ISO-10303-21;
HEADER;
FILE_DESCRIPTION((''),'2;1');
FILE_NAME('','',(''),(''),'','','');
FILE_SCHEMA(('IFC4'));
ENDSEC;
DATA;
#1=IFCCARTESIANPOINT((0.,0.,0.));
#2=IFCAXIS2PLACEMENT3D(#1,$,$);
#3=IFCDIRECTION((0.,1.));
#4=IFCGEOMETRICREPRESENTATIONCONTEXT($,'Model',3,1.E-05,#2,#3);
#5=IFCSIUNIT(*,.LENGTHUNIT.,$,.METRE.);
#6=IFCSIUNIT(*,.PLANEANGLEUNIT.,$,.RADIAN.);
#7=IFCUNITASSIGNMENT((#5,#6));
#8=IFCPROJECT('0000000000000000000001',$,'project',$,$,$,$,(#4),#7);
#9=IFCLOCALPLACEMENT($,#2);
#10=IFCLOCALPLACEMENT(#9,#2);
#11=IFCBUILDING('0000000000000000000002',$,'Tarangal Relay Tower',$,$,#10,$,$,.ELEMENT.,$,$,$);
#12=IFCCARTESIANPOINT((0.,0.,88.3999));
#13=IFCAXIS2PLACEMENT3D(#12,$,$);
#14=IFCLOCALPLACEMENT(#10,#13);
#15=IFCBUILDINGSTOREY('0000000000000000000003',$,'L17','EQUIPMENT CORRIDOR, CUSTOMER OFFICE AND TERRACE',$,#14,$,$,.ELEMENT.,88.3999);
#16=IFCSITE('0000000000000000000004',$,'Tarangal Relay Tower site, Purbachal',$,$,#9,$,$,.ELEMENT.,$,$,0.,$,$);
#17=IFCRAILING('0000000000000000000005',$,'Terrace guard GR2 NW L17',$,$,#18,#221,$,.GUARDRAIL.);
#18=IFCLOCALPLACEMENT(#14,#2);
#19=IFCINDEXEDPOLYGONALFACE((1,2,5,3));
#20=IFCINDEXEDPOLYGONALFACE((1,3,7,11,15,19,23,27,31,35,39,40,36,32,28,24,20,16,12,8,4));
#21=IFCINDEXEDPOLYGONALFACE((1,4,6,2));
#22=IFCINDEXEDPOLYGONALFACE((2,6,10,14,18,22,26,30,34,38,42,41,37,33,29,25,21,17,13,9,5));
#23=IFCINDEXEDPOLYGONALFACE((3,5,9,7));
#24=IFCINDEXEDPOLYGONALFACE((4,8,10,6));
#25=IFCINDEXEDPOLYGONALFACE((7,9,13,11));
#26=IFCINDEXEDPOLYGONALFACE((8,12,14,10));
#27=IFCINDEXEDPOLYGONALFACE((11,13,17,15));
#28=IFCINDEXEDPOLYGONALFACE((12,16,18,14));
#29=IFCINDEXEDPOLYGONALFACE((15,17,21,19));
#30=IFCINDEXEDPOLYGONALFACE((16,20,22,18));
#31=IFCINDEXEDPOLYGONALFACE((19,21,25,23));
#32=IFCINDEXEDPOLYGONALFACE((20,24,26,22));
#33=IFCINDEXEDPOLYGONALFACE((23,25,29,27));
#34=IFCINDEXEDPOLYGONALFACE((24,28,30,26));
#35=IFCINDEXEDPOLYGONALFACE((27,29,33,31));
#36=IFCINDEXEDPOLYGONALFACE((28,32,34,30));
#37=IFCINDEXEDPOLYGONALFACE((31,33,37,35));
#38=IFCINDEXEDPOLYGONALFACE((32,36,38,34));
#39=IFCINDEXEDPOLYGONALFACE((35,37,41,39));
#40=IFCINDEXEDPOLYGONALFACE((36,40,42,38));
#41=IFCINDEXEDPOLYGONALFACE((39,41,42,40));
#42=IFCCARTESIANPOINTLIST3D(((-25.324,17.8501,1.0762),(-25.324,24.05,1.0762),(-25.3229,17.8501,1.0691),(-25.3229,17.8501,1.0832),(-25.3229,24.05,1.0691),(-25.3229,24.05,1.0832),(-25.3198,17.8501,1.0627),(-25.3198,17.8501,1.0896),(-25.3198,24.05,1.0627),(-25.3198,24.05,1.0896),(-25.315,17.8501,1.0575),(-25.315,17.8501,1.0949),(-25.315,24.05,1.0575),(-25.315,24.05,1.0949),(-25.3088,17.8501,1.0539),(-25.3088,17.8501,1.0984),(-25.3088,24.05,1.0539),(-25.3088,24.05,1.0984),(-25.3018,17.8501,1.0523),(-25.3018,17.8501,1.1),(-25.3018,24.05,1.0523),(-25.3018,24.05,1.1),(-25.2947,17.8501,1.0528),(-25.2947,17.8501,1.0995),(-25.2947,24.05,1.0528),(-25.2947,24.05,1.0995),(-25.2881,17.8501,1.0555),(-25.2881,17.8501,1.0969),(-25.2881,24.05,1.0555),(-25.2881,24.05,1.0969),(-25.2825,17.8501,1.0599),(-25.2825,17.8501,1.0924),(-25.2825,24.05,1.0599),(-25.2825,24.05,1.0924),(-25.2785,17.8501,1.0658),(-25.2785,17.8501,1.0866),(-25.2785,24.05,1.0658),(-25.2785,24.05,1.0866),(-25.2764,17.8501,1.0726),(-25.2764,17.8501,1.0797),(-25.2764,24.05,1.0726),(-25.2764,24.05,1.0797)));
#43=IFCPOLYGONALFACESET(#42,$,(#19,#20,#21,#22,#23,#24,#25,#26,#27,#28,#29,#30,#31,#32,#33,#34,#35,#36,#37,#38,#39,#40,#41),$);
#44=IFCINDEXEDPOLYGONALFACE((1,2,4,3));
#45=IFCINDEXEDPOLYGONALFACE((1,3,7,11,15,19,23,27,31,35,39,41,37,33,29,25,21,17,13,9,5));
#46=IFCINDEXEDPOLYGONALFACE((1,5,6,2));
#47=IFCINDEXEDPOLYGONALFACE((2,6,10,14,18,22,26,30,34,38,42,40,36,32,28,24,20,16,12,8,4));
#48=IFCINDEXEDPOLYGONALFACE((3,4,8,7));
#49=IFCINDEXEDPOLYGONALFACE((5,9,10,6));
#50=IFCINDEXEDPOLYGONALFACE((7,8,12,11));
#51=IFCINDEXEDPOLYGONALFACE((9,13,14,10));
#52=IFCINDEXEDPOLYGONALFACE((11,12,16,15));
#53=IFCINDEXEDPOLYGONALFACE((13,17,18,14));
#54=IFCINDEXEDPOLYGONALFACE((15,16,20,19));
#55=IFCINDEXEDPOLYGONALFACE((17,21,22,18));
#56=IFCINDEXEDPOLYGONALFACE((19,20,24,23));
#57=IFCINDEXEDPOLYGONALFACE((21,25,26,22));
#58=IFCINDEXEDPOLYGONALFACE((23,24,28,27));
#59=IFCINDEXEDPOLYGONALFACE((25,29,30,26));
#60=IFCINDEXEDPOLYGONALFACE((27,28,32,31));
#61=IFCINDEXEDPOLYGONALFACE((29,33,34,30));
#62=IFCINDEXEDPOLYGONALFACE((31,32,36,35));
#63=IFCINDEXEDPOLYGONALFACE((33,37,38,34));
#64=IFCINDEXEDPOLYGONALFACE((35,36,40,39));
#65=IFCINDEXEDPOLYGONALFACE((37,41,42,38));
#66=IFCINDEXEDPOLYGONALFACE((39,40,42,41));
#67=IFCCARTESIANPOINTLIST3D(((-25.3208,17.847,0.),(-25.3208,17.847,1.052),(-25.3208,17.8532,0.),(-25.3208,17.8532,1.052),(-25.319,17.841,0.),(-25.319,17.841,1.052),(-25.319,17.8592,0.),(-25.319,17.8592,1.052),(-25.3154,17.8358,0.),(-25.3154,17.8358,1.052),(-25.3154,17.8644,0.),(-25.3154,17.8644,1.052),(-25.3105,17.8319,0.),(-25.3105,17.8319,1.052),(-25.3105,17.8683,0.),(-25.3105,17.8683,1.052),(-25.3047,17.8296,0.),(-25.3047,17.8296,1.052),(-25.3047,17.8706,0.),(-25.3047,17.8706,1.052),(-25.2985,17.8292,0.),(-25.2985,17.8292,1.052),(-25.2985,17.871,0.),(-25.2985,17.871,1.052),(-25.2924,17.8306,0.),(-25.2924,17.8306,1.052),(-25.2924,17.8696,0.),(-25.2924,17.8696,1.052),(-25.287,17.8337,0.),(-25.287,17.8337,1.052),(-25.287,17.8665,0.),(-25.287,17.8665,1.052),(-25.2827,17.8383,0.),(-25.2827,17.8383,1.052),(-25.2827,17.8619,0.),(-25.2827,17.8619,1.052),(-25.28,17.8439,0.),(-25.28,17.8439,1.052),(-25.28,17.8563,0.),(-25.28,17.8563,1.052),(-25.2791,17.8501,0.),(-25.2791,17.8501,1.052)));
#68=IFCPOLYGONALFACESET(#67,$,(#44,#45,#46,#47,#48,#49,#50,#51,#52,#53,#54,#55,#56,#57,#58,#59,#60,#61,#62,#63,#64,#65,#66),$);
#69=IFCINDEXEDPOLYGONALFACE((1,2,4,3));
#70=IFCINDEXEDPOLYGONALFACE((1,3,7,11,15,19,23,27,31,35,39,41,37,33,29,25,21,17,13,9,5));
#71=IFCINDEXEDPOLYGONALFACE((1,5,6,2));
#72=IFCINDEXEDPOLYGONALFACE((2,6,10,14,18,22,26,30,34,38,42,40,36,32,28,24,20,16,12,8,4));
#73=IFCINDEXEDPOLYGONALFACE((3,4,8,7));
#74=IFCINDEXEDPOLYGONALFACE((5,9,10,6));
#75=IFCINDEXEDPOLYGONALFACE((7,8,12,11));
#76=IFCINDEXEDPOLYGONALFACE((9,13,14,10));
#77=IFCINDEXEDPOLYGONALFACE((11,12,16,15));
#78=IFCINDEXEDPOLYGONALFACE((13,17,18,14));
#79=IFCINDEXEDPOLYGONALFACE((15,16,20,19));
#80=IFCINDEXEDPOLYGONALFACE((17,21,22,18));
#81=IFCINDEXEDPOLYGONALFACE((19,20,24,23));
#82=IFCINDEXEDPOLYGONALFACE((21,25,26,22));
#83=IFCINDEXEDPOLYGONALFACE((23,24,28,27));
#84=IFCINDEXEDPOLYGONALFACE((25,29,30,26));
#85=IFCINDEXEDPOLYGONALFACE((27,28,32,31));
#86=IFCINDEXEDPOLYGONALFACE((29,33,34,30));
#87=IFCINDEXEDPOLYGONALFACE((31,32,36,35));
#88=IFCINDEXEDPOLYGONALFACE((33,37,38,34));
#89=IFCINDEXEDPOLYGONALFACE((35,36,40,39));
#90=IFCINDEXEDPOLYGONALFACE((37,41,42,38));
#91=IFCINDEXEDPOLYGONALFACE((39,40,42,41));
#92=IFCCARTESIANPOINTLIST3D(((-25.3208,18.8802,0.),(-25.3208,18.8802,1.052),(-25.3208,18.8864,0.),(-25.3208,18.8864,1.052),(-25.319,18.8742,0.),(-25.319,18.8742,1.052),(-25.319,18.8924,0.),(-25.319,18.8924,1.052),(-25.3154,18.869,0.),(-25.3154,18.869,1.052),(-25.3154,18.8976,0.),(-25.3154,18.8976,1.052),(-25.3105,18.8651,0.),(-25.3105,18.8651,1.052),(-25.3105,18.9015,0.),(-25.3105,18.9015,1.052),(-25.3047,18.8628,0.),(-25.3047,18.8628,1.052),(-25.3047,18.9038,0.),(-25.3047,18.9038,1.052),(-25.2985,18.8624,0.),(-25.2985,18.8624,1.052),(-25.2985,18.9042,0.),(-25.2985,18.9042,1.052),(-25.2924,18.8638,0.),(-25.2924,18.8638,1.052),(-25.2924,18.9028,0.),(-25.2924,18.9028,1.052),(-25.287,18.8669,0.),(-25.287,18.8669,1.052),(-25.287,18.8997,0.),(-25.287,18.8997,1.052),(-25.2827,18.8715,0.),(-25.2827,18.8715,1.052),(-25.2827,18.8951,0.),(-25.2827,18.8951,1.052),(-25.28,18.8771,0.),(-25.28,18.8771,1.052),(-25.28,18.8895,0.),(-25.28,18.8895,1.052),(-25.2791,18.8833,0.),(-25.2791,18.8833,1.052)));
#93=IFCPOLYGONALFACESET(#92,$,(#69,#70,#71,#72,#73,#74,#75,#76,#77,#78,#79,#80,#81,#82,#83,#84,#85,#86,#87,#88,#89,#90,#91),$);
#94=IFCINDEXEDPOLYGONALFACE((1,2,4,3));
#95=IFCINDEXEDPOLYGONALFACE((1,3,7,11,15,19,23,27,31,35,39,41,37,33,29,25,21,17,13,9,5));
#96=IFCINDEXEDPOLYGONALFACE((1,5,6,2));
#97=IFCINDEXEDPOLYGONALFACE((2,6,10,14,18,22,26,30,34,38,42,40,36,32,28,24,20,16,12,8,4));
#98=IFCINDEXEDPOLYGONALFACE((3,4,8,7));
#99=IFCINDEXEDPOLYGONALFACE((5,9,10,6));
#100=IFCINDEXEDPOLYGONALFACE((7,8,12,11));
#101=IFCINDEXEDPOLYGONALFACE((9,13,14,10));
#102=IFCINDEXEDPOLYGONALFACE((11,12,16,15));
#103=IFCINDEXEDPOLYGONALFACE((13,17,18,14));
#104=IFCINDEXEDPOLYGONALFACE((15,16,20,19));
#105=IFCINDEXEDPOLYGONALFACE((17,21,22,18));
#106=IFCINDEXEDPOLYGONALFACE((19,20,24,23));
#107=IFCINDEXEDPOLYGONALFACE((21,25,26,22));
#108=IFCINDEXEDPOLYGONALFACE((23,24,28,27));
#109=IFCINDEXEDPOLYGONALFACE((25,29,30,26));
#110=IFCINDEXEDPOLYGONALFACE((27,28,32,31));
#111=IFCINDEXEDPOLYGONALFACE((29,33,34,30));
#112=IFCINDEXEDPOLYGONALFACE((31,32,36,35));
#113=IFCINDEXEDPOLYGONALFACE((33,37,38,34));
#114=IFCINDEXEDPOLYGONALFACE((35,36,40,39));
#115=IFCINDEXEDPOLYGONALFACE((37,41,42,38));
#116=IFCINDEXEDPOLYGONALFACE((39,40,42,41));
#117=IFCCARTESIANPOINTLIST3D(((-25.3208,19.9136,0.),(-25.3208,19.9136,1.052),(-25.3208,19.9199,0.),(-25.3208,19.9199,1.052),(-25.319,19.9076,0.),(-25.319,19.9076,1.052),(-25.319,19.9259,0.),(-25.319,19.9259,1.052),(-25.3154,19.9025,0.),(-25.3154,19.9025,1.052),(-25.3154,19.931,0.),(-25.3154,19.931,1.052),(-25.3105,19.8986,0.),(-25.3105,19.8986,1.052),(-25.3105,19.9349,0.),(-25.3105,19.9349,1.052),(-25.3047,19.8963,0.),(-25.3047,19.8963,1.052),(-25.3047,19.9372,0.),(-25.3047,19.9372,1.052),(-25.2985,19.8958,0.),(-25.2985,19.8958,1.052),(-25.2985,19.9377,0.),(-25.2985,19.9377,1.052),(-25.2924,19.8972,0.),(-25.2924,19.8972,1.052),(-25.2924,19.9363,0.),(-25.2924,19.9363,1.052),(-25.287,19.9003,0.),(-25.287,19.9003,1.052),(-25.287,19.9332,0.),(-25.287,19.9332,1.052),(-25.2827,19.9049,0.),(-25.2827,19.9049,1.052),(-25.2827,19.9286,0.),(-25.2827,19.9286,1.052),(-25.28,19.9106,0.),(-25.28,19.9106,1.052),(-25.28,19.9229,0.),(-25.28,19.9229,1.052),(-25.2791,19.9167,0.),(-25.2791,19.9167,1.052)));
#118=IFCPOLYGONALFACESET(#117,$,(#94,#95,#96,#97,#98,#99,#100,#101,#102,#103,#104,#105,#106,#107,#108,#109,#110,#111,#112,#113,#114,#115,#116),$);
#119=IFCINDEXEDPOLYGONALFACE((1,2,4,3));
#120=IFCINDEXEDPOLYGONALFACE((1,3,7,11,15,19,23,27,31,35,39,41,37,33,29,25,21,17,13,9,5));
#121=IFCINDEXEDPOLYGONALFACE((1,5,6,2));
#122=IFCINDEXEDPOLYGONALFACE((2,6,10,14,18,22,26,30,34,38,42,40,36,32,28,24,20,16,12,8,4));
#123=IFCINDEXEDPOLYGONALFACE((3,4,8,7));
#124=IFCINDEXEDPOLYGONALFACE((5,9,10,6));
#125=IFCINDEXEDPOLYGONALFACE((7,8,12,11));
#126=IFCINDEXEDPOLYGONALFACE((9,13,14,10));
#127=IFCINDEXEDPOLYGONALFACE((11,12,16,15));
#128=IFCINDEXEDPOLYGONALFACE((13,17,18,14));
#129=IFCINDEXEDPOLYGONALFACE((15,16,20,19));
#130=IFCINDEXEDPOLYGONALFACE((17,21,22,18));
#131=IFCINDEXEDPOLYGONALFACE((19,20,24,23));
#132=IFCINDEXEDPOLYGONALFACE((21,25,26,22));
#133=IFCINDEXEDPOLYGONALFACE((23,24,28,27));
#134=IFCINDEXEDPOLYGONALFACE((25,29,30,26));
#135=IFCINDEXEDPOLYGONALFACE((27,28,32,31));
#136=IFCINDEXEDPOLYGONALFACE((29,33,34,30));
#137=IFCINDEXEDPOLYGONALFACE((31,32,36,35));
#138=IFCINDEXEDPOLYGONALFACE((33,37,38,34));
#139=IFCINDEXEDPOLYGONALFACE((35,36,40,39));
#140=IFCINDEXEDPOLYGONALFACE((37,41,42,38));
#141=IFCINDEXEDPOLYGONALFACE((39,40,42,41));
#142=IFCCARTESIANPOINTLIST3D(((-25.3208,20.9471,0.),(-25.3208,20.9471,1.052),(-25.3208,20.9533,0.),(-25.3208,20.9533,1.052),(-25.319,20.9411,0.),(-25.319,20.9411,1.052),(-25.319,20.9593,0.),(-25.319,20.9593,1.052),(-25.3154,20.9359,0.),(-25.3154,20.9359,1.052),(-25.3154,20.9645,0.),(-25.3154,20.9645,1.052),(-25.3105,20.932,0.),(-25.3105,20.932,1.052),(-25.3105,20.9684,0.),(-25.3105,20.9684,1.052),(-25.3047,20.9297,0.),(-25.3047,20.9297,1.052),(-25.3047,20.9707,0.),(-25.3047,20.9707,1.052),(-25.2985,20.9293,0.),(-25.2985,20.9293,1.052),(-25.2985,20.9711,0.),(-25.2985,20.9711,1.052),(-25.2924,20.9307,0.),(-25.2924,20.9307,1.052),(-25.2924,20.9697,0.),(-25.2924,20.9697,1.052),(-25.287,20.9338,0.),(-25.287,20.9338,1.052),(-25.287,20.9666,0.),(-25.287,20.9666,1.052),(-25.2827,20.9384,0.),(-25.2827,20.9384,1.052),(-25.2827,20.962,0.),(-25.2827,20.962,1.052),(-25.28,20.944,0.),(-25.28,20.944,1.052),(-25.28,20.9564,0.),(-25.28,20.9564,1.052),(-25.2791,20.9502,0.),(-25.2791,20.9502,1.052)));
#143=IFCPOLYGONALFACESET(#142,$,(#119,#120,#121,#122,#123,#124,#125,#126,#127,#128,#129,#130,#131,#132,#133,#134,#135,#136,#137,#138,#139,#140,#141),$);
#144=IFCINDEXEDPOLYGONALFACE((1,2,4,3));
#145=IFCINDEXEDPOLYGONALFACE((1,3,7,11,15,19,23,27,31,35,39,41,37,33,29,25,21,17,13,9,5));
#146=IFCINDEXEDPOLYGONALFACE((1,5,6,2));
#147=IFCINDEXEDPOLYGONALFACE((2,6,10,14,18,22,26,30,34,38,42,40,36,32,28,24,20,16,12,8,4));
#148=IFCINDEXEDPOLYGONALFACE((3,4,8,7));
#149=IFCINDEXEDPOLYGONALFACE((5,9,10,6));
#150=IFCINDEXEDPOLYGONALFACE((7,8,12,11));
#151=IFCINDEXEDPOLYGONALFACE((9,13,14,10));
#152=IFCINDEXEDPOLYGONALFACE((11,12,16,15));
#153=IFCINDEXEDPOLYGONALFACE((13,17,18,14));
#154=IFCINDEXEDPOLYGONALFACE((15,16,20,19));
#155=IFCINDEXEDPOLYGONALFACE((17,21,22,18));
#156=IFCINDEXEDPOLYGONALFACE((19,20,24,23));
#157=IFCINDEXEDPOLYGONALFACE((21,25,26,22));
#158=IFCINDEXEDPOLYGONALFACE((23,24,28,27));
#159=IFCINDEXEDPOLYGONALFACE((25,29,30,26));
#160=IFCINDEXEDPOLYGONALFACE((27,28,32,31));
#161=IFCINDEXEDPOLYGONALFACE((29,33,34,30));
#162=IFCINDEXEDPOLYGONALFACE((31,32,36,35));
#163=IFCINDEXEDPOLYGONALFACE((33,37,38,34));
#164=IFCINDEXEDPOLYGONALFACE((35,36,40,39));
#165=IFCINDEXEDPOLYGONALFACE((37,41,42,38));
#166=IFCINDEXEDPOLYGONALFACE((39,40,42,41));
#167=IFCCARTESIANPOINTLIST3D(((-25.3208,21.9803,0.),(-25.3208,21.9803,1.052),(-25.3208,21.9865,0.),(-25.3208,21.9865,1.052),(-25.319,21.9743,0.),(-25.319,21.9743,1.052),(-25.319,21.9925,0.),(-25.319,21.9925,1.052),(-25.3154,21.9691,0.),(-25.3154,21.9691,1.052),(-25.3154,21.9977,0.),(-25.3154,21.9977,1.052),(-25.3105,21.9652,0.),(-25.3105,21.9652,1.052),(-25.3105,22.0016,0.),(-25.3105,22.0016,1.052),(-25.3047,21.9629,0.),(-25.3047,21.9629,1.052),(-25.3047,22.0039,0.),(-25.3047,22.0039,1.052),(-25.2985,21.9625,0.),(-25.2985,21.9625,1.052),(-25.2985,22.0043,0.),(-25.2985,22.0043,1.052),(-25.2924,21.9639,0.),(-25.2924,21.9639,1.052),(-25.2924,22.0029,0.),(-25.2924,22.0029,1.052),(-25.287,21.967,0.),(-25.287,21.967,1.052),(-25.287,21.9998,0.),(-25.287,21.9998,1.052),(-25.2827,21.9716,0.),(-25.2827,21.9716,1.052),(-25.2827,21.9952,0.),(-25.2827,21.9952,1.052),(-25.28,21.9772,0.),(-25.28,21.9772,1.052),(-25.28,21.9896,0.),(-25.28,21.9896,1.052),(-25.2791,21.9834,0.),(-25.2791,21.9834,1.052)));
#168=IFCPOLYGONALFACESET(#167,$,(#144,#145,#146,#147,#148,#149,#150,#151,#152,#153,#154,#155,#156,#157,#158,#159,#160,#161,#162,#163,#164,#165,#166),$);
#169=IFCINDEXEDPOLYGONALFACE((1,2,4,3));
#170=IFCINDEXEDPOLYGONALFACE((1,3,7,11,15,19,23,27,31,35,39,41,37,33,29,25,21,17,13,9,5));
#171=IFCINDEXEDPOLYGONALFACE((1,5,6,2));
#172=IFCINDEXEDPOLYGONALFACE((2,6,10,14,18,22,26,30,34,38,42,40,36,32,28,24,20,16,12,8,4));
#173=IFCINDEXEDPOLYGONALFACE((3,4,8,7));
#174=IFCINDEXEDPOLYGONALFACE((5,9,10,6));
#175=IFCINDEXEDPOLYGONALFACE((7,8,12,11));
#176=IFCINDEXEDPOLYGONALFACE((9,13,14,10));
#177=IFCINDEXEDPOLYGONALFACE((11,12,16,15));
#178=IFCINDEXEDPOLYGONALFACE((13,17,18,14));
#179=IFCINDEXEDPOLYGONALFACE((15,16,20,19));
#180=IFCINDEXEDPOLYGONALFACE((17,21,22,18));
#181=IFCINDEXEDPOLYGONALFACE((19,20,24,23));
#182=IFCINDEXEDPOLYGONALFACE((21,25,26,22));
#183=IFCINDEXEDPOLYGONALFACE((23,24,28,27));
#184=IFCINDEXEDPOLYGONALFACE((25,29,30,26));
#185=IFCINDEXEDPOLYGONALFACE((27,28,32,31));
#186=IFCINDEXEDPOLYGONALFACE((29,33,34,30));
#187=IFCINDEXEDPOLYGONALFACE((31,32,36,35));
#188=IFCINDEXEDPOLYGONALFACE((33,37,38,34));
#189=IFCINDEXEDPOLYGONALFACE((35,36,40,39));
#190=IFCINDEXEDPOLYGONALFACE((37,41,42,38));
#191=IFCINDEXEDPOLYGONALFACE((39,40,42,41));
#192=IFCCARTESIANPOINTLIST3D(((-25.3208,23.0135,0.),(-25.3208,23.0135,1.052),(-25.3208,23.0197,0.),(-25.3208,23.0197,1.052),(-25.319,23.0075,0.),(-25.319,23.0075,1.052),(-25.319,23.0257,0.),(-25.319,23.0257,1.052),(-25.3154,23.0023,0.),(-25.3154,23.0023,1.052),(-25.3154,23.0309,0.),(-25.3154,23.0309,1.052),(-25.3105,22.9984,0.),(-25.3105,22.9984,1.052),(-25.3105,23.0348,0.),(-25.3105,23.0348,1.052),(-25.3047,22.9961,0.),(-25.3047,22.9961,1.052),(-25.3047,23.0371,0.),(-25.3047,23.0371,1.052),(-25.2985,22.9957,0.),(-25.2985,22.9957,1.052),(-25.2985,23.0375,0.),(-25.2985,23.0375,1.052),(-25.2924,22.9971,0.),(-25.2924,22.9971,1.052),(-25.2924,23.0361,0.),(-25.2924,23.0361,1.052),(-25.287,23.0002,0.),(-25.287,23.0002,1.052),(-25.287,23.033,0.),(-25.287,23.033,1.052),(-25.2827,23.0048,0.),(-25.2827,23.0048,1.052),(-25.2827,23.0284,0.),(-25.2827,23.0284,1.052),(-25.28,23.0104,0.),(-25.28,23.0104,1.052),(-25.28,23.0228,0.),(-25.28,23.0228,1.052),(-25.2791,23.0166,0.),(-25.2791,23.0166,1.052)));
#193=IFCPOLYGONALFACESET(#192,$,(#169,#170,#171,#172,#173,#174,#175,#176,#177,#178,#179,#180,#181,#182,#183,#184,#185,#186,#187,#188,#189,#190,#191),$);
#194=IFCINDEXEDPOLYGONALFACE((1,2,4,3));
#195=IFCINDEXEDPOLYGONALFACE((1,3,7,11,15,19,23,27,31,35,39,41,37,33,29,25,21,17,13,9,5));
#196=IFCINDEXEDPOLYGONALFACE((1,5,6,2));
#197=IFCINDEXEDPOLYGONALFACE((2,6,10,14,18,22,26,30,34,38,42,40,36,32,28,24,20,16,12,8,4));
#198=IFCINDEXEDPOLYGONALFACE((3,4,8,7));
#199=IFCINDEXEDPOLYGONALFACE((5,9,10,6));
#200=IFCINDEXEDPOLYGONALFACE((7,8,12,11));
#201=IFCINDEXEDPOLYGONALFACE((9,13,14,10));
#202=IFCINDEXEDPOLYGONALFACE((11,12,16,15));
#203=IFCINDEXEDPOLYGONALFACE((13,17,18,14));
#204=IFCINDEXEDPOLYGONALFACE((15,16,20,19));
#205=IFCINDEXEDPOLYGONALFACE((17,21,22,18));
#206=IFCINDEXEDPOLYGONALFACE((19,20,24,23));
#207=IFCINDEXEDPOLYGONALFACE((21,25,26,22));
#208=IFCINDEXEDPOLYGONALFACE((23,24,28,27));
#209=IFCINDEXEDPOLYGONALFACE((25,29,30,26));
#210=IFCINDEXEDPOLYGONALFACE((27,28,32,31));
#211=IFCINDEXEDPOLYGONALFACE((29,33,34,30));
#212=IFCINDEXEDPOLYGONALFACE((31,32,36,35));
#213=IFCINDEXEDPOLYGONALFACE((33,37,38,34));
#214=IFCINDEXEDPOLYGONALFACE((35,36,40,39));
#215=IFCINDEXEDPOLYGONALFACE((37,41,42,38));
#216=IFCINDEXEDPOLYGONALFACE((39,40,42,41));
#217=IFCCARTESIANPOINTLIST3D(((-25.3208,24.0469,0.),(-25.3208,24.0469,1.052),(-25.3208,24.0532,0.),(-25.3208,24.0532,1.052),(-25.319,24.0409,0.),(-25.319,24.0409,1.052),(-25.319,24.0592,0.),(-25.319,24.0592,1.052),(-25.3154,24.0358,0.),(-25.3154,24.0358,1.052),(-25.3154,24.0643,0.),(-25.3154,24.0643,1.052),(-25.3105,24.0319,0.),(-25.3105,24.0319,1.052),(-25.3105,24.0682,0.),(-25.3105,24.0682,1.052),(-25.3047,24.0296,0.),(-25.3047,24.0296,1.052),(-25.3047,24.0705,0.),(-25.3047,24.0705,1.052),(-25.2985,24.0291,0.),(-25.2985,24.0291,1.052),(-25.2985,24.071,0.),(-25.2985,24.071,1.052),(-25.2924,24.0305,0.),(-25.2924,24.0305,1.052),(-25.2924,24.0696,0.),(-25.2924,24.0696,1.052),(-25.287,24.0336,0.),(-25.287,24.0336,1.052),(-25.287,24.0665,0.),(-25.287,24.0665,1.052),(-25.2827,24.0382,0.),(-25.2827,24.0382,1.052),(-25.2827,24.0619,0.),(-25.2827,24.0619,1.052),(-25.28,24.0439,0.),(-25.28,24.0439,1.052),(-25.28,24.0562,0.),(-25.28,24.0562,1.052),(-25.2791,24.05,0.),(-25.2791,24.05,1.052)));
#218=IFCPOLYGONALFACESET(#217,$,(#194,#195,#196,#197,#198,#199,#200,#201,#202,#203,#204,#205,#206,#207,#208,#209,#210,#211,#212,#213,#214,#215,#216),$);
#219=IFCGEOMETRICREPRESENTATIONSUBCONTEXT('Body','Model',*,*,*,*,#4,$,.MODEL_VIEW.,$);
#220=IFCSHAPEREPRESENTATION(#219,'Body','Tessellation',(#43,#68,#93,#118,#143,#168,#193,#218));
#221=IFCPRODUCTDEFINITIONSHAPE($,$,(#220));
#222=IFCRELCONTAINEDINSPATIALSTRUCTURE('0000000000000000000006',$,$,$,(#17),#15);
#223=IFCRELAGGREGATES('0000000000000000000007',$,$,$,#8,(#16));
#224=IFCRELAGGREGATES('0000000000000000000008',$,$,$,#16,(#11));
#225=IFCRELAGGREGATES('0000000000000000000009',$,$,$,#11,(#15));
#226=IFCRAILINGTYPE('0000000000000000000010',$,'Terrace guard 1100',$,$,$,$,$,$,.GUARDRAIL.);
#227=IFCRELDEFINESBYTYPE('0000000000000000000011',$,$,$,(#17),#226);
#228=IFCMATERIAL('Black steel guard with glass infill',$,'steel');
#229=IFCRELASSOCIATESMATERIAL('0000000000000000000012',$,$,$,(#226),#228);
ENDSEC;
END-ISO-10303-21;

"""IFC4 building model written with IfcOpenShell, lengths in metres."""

from ifc_helpers import new_model, si_unit, direction, frame, origin, origin_2d, place, context, subcontext, project, spatial, circle, extrude, material, type_object, element, save


model = new_model("IFC4")

# Units and contexts
model_context = context("Model", 3, precision=1e-05, world=origin(), true_north=direction((0.0, 1.0)))
body_context = subcontext(model_context, "Body", "Model", "MODEL_VIEW")
ifc_project = project(units=[si_unit("LENGTHUNIT", "METRE"), si_unit("PLANEANGLEUNIT", "RADIAN")], contexts=[model_context])

# Site, building, storey
site_placement = place(None, origin())
site = spatial("IfcSite", under=ifc_project, at=site_placement, Name="Tarangal Relay Tower site, Purbachal", CompositionType="ELEMENT", RefElevation=0.0)
building_placement = place(site_placement, origin())
building = spatial("IfcBuilding", under=site, at=building_placement, Name="Tarangal Relay Tower", CompositionType="ELEMENT")
storey_placement = place(building_placement, frame((0.0, 0.0, 88.3999)))
storey = spatial("IfcBuildingStorey", under=building, at=storey_placement, Name="L17", Description="EQUIPMENT CORRIDOR, CUSTOMER OFFICE AND TERRACE", CompositionType="ELEMENT", Elevation=88.3999)

# Railing
ifc_material_1 = material(Name="Black steel guard with glass infill", Category="steel")
railing_type = type_object("IfcRailingType", Name="Terrace guard 1100", PredefinedType="GUARDRAIL", material=ifc_material_1)
railing_1_placement = place(storey_placement, frame((-25.3, 17.8501, 0.0)))
element("IfcRailing", 1, at=railing_1_placement, inside=storey, type_object=railing_type, Name="Terrace guard GR2 NW L17", PredefinedType="GUARDRAIL", context=body_context, shape_type="SweptSolid", body=[
    extrude(circle(Radius=0.0239, at=origin_2d()), frame((0.0, 0.0, 1.0762), z_axis=(0.0, 1.0, 0.0), x_axis=(-1.0, 0.0, 0.0)), (0.0, 0.0, 1.0), 6.2),
    extrude(circle(Radius=0.021, at=origin_2d()), origin(), (0.0, 0.0, 1.0), 1.052),
    extrude(circle(Radius=0.021, at=origin_2d()), frame((0.0, 1.0332, 0.0)), (0.0, 0.0, 1.0), 1.052),
    extrude(circle(Radius=0.021, at=origin_2d()), frame((0.0, 2.0667, 0.0)), (0.0, 0.0, 1.0), 1.052),
    extrude(circle(Radius=0.021, at=origin_2d()), frame((0.0, 3.1001, 0.0)), (0.0, 0.0, 1.0), 1.052),
    extrude(circle(Radius=0.021, at=origin_2d()), frame((0.0, 4.1333, 0.0)), (0.0, 0.0, 1.0), 1.052),
    extrude(circle(Radius=0.021, at=origin_2d()), frame((0.0, 5.1665, 0.0)), (0.0, 0.0, 1.0), 1.052),
    extrude(circle(Radius=0.021, at=origin_2d()), frame((0.0, 6.2, 0.0)), (0.0, 0.0, 1.0), 1.052),
])

save(model, "model.ifc")
